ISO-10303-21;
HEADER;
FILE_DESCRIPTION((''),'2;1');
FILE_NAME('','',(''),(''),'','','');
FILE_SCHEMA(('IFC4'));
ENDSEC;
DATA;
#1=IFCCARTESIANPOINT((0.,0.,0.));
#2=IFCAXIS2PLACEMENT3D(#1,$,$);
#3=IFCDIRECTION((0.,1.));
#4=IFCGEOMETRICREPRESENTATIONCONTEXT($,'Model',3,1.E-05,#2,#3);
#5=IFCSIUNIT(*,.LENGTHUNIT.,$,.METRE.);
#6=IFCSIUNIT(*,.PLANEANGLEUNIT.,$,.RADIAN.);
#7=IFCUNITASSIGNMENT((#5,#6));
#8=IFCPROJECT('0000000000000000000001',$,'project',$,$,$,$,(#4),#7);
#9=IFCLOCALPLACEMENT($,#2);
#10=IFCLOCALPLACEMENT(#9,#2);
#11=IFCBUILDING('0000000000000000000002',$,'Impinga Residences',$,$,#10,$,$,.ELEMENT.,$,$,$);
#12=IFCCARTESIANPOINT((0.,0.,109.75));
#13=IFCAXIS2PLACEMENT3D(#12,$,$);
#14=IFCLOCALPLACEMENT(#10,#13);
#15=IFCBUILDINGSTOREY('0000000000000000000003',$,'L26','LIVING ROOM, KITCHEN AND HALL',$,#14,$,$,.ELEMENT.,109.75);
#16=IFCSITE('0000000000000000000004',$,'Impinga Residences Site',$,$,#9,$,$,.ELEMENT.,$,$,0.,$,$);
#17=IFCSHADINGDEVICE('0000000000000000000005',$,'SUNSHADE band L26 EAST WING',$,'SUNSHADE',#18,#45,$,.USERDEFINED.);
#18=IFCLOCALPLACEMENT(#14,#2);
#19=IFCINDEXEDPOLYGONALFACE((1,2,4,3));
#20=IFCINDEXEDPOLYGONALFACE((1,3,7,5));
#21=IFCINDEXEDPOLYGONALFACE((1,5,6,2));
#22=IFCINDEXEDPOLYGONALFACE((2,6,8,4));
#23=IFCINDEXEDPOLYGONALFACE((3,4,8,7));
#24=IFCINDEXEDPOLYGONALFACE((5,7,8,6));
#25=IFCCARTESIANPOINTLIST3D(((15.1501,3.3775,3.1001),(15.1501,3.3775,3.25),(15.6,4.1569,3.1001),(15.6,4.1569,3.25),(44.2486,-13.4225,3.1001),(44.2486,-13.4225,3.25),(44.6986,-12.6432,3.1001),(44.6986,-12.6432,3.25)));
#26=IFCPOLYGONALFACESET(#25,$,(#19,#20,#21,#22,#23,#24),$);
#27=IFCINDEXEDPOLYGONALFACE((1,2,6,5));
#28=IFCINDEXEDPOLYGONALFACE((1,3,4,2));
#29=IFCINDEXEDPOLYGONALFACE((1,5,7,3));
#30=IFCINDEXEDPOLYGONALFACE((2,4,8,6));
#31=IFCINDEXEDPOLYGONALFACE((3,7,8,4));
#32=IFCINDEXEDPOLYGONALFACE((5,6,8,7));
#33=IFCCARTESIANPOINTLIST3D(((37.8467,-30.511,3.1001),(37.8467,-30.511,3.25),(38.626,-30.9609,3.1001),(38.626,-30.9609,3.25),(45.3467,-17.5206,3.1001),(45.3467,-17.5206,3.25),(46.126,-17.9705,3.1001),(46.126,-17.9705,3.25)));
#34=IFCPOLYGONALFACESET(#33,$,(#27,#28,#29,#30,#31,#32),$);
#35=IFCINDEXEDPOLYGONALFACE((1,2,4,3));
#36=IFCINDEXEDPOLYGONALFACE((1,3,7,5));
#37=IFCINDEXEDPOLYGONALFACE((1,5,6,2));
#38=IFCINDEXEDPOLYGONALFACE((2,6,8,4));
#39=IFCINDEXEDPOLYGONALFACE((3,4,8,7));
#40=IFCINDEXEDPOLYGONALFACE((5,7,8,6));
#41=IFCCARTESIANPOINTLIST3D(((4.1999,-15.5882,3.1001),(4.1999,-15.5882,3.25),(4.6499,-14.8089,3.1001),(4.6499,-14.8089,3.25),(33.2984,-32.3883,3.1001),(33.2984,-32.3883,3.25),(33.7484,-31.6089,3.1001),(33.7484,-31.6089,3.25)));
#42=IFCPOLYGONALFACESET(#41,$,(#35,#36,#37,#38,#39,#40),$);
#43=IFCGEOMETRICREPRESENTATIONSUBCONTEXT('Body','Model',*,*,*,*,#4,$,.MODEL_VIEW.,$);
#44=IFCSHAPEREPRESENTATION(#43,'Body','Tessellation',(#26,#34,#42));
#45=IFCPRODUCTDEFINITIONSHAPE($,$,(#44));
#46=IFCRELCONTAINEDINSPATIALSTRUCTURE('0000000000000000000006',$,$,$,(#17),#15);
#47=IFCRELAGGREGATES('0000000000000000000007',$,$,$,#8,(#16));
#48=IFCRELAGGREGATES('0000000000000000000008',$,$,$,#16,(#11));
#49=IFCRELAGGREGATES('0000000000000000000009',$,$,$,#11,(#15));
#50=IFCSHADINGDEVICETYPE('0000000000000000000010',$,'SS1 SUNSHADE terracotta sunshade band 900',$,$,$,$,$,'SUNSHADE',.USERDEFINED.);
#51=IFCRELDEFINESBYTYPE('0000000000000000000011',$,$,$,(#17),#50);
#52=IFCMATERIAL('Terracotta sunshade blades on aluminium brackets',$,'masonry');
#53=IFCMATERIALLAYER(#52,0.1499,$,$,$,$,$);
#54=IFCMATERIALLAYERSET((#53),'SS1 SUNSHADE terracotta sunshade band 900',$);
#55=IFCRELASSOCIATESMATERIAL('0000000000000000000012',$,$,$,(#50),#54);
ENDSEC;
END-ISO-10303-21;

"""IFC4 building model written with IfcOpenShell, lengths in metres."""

from ifc_helpers import new_model, si_unit, direction, frame, origin, origin_2d, place, context, subcontext, project, spatial, rectangle, extrude, material, layer, layer_set, type_object, element, save


model = new_model("IFC4")

# Units and contexts
model_context = context("Model", 3, precision=1e-05, world=origin(), true_north=direction((0.0, 1.0)))
body_context = subcontext(model_context, "Body", "Model", "MODEL_VIEW")
ifc_project = project(units=[si_unit("LENGTHUNIT", "METRE"), si_unit("PLANEANGLEUNIT", "RADIAN")], contexts=[model_context])

# Site, building, storey
site_placement = place(None, origin())
site = spatial("IfcSite", under=ifc_project, at=site_placement, Name="Impinga Residences Site", CompositionType="ELEMENT", RefElevation=0.0)
building_placement = place(site_placement, origin())
building = spatial("IfcBuilding", under=site, at=building_placement, Name="Impinga Residences", CompositionType="ELEMENT")
storey_placement = place(building_placement, frame((0.0, 0.0, 109.75)))
storey = spatial("IfcBuildingStorey", under=building, at=storey_placement, Name="L26", Description="LIVING ROOM, KITCHEN AND HALL", CompositionType="ELEMENT", Elevation=109.75)

# Shading device
ifc_material_1 = material(Name="Terracotta sunshade blades on aluminium brackets", Category="masonry")
ifc_layer_1 = layer(ifc_material_1, 0.1499)
ifc_layer_set_1 = layer_set([ifc_layer_1], Name="SS1 SUNSHADE terracotta sunshade band 900")
shading_device_type = type_object("IfcShadingDeviceType", Name="SS1 SUNSHADE terracotta sunshade band 900", ElementType="SUNSHADE", PredefinedType="USERDEFINED", material=ifc_layer_set_1)
shading_device_placement = place(storey_placement, frame((29.9243, -4.6328, 3.1001), z_axis=(0.0, 0.0, 1.0), x_axis=(0.866025, -0.5, 0.0)))
element("IfcShadingDevice", 1, at=shading_device_placement, inside=storey, type_object=shading_device_type, Name="SUNSHADE band L26 EAST WING", ObjectType="SUNSHADE", PredefinedType="USERDEFINED", context=body_context, shape_type="SweptSolid", body=[
    extrude(rectangle(XDim=33.6001, YDim=0.8999, at=origin_2d()), origin(), (0.0, 0.0, 1.0), 0.1499),
    extrude(rectangle(XDim=15.0, YDim=0.8999, at=origin_2d()), frame((20.25, -10.95, 0.0), z_axis=(0.0, 0.0, 1.0), x_axis=(0.0, -1.0, 0.0)), (0.0, 0.0, 1.0), 0.1499),
    extrude(rectangle(XDim=33.6001, YDim=0.8999, at=origin_2d()), frame((-0.0002, -21.8999, 0.0), z_axis=(0.0, 0.0, 1.0), x_axis=(-1.0, 0.0, 0.0)), (0.0, 0.0, 1.0), 0.1499),
])

save(model, "model.ifc")
